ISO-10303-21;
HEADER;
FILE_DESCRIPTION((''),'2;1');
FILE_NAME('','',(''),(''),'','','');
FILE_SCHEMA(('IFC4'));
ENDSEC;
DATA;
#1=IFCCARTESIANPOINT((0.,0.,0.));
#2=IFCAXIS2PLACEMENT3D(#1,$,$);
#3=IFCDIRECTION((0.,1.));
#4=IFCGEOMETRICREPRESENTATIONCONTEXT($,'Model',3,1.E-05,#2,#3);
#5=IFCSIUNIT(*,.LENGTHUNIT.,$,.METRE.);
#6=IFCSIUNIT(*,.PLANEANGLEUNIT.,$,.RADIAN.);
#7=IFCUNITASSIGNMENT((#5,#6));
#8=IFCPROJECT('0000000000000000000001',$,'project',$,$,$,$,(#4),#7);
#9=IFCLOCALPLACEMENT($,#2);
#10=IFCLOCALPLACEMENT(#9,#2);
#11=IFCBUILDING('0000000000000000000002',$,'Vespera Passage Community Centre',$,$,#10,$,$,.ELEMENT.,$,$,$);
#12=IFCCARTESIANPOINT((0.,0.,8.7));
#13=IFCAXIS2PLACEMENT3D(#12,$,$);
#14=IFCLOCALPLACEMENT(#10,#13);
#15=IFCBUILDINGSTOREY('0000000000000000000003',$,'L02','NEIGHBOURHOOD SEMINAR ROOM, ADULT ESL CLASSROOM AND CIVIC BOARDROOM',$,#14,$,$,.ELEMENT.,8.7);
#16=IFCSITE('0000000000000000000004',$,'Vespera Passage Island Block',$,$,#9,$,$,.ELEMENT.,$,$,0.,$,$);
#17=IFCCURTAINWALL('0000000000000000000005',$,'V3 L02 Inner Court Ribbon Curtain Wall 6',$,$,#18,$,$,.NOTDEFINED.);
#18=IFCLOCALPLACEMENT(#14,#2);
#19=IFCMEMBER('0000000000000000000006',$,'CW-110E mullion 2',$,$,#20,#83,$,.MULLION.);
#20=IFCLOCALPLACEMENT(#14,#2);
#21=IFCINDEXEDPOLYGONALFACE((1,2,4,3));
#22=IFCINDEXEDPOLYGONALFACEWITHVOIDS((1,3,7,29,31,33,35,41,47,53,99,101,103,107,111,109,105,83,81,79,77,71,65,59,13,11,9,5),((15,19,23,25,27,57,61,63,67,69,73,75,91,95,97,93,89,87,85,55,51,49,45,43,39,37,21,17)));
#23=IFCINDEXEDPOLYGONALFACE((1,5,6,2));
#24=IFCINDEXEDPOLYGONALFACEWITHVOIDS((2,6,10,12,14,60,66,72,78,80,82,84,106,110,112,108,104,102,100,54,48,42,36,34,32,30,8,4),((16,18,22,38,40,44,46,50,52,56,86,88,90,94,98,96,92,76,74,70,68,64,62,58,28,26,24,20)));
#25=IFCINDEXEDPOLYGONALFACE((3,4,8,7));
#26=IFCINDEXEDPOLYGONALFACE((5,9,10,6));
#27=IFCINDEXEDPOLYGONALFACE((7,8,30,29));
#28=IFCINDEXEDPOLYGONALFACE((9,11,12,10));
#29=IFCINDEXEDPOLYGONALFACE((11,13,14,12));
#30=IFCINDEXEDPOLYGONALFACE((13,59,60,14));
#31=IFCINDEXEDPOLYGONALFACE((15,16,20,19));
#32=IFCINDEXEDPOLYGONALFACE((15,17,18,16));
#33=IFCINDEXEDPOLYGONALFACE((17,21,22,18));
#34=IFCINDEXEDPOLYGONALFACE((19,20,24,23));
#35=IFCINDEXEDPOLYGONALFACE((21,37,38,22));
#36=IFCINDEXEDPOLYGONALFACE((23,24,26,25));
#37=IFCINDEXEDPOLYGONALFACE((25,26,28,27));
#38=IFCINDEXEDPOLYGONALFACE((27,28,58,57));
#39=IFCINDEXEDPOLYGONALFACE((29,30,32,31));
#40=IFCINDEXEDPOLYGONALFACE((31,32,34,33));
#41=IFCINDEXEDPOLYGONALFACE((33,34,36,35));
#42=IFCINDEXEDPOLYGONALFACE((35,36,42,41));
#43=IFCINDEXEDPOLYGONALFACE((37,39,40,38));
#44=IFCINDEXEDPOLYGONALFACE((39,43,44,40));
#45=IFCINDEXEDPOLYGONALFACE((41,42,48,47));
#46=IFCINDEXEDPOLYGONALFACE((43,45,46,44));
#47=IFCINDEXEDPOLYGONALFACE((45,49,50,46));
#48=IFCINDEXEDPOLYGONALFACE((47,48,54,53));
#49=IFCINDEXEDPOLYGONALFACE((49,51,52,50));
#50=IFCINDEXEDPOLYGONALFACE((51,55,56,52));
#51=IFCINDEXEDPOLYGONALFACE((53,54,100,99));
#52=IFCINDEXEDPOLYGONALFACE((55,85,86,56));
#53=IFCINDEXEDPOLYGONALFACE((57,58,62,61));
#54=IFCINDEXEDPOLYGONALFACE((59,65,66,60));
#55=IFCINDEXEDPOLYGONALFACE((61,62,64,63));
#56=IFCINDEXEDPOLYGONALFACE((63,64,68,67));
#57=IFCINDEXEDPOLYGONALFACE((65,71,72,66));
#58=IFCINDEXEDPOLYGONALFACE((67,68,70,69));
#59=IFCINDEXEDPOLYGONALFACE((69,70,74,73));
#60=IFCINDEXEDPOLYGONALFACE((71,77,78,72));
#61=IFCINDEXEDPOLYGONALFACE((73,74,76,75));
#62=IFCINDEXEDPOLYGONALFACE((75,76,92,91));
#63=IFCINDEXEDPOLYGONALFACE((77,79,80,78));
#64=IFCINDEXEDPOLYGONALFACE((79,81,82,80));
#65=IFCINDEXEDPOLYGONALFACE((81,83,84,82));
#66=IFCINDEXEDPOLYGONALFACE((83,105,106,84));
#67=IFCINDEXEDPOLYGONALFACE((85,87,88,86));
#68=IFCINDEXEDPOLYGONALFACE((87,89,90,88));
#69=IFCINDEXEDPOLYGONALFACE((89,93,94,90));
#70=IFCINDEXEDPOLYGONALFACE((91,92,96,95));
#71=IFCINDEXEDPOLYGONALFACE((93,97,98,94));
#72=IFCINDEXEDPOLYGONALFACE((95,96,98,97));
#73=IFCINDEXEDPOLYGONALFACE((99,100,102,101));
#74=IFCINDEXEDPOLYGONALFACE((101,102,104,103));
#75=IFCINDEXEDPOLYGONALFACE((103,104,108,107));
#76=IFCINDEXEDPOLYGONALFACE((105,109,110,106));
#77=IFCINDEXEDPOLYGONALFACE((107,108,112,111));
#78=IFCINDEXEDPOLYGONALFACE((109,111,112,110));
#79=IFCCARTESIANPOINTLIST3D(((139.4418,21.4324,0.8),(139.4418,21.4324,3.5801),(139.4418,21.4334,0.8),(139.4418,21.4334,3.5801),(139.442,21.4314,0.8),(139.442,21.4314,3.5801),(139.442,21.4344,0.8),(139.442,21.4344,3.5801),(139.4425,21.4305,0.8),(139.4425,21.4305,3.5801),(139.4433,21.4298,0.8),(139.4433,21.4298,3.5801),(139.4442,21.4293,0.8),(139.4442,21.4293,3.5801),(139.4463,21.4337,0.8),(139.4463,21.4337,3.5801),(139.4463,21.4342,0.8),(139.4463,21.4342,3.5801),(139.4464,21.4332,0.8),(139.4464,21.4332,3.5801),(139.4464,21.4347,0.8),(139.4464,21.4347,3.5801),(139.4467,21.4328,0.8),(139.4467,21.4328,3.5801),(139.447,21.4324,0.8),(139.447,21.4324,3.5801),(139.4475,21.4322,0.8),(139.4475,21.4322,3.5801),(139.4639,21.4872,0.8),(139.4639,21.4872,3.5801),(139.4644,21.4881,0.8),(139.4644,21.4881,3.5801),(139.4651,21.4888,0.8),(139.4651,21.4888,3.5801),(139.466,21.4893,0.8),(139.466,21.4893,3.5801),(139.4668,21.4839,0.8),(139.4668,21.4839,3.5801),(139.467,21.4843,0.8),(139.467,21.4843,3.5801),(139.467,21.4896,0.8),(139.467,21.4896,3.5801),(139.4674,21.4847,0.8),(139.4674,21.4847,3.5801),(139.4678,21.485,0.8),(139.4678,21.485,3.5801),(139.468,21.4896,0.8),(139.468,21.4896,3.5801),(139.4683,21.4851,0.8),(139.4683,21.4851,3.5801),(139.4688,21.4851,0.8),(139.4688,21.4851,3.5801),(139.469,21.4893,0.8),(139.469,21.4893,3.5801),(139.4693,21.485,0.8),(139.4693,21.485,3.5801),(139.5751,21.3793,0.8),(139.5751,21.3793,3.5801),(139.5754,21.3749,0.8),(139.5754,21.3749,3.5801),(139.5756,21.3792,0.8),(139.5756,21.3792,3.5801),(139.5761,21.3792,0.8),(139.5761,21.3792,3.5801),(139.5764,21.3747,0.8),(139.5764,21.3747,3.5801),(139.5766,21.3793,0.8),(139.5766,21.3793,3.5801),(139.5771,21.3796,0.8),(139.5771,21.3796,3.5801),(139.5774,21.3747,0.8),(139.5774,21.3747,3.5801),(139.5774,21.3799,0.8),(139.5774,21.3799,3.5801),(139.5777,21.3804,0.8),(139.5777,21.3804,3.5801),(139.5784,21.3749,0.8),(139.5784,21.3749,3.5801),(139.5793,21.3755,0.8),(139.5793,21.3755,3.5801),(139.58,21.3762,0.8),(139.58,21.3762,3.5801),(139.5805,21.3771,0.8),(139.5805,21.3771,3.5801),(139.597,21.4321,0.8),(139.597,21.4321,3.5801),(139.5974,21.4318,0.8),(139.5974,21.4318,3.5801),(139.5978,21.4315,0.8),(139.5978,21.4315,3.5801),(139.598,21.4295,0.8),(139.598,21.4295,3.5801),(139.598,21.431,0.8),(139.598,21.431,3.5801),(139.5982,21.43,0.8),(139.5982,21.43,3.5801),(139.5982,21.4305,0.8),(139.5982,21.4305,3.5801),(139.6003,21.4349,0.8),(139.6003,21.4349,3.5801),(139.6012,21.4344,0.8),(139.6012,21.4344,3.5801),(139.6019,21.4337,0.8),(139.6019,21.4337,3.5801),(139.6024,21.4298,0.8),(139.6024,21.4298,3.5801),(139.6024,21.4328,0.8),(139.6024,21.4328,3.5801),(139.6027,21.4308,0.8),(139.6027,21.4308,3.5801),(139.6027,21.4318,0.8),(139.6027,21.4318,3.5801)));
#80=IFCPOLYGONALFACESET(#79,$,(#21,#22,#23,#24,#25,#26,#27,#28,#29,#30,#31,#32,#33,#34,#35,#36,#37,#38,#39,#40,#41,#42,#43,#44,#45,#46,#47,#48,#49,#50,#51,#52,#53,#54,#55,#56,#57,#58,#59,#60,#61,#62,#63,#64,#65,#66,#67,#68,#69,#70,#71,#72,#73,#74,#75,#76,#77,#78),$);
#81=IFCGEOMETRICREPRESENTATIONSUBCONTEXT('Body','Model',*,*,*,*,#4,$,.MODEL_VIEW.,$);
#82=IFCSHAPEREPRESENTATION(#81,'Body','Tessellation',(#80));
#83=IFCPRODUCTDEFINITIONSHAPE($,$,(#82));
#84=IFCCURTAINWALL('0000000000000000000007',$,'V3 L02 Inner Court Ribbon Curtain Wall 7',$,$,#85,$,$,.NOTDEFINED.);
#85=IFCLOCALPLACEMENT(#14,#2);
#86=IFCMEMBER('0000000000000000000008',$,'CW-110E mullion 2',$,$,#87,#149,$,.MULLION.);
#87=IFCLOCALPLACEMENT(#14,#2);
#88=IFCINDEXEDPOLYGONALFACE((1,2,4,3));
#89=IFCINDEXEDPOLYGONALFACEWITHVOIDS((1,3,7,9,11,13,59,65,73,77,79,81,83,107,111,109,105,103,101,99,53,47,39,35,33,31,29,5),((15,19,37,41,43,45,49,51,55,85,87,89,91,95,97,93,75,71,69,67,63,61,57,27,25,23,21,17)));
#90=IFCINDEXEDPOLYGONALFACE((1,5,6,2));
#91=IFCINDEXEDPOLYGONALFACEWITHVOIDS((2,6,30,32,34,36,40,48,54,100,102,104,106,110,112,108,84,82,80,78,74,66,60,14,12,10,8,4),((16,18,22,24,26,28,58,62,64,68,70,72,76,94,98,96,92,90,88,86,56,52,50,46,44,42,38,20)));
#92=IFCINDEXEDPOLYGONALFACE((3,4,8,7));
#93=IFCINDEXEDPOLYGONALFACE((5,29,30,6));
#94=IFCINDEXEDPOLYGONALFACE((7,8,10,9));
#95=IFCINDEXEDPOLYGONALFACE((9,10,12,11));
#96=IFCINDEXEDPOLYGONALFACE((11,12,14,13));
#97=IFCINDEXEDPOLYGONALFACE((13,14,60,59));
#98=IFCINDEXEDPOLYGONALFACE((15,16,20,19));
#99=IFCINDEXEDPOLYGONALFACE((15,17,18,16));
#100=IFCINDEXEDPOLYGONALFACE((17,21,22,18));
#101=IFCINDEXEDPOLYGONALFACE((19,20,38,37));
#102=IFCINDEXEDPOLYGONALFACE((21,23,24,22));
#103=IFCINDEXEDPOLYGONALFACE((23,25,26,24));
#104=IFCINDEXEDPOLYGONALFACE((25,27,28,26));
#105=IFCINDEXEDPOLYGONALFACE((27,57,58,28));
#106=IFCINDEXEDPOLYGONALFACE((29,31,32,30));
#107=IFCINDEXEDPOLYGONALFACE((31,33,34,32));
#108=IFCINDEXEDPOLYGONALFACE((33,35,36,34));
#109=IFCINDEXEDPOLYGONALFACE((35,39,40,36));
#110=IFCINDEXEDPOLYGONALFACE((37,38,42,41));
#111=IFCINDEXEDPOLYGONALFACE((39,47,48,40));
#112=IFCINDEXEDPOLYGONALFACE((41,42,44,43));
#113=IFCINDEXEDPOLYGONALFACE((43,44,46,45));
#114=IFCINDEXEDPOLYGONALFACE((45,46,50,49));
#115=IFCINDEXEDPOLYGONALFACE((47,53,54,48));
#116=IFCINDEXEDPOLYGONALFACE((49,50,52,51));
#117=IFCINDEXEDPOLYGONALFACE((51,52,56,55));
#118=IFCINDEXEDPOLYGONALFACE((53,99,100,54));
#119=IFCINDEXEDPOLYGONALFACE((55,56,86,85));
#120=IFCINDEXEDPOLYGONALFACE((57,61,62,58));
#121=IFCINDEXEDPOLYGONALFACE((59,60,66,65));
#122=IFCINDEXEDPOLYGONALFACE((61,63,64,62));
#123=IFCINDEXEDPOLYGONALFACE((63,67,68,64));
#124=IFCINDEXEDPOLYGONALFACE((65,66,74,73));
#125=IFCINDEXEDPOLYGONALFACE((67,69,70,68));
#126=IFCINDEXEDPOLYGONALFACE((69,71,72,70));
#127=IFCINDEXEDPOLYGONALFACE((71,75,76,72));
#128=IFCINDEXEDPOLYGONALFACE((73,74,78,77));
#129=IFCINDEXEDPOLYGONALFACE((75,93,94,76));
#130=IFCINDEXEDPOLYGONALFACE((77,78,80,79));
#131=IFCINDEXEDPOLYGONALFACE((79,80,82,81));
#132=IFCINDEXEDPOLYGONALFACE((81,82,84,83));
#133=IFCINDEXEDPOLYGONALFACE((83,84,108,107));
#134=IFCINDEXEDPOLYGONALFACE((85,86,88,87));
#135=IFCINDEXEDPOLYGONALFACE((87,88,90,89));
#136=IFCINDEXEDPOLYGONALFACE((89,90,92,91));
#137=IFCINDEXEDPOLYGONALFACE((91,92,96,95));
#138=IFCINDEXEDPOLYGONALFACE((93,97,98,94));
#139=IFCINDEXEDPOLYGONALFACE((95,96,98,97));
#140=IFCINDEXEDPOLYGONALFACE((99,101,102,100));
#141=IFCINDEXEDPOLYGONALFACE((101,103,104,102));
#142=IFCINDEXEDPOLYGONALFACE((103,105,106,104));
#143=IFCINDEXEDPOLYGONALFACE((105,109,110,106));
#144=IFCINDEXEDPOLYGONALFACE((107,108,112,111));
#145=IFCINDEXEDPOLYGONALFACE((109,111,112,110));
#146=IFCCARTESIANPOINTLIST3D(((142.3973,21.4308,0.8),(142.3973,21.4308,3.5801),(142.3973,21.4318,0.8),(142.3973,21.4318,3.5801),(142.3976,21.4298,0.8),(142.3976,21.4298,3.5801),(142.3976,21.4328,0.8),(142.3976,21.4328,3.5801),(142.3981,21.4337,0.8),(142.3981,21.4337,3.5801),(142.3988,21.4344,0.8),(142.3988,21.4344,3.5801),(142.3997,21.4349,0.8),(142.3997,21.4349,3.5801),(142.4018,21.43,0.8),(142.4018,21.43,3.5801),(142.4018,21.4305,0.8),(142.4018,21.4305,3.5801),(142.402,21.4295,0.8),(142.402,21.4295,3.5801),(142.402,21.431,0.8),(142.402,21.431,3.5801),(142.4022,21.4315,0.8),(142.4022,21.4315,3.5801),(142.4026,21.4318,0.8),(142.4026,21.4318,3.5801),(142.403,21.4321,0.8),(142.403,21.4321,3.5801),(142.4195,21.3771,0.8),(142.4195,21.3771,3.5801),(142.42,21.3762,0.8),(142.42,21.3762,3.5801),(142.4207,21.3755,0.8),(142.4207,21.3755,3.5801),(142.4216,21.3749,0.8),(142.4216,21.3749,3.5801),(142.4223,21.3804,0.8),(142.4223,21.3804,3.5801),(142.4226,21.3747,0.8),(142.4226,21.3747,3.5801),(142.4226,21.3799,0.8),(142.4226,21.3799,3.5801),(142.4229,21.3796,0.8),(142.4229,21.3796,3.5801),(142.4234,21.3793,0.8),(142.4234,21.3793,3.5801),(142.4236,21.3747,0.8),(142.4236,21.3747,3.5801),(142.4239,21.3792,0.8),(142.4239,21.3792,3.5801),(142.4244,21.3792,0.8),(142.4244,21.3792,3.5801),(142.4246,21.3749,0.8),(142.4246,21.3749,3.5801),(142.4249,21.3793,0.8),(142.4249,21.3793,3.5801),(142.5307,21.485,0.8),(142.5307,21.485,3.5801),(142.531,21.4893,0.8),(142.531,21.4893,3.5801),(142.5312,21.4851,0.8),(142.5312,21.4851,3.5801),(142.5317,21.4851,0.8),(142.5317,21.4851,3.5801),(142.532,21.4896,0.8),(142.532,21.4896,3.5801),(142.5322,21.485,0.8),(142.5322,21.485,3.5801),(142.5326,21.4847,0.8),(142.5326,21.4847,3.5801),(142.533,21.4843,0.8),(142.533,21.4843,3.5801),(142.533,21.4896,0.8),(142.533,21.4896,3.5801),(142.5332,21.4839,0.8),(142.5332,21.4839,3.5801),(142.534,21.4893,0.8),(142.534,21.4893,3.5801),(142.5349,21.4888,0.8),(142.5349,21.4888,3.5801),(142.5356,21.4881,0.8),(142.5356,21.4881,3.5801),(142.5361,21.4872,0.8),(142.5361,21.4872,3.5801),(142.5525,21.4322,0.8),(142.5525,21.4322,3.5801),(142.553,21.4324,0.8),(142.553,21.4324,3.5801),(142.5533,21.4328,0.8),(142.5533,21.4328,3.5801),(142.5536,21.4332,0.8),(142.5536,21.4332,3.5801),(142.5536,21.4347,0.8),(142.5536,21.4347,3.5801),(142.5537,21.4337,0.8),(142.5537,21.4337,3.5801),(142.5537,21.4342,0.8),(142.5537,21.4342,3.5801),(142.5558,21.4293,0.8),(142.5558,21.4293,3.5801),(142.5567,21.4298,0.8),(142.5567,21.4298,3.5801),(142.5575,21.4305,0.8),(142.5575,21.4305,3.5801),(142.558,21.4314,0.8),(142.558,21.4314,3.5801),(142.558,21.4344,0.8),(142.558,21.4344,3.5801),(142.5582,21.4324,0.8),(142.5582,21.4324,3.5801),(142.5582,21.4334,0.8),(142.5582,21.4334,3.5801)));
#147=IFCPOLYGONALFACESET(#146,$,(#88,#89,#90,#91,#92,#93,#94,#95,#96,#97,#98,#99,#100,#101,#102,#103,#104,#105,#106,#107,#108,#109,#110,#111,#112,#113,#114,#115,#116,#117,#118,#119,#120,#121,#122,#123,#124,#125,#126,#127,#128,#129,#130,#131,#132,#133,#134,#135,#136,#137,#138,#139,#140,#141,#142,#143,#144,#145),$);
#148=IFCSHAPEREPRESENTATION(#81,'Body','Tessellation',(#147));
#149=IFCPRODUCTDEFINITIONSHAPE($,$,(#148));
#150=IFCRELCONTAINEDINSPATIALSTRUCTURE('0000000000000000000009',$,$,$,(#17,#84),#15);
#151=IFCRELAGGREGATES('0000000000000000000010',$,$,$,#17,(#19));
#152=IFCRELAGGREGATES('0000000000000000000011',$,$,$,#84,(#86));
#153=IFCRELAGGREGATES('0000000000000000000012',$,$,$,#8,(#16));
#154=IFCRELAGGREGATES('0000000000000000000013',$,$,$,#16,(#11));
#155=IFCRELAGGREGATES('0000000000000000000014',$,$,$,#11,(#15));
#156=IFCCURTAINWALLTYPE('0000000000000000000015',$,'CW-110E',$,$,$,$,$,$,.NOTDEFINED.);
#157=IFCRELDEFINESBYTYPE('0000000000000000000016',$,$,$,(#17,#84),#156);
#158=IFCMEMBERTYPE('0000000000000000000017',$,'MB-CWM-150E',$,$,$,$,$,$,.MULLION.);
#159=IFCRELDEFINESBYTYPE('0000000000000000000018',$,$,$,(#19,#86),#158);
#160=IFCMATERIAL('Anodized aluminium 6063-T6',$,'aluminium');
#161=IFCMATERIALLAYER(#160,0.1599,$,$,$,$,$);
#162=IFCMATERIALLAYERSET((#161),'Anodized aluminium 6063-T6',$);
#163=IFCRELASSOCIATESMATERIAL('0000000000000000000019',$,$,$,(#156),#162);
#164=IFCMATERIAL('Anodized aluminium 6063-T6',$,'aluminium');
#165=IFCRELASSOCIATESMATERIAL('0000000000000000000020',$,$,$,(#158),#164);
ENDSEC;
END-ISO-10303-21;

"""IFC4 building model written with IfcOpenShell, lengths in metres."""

from ifc_helpers import new_model, si_unit, direction, frame, origin, origin_2d, place, context, subcontext, project, spatial, hollow_rectangle, extrude, material, layer, layer_set, material_profile, profile_set, type_object, element, aggregate, save


model = new_model("IFC4")

# Units and contexts
model_context = context("Model", 3, precision=1e-05, world=origin(), true_north=direction((0.0, 1.0)))
body_context = subcontext(model_context, "Body", "Model", "MODEL_VIEW")
ifc_project = project(units=[si_unit("LENGTHUNIT", "METRE"), si_unit("PLANEANGLEUNIT", "RADIAN")], contexts=[model_context])

# Site, building, storey
site_placement = place(None, origin())
site = spatial("IfcSite", under=ifc_project, at=site_placement, Name="Vespera Passage Island Block", CompositionType="ELEMENT", RefElevation=0.0)
building_placement = place(site_placement, origin())
building = spatial("IfcBuilding", under=site, at=building_placement, Name="Vespera Passage Community Centre", CompositionType="ELEMENT")
storey_placement = place(building_placement, frame((0.0, 0.0, 8.7)))
storey = spatial("IfcBuildingStorey", under=building, at=storey_placement, Name="L02", Description="NEIGHBOURHOOD SEMINAR ROOM, ADULT ESL CLASSROOM AND CIVIC BOARDROOM", CompositionType="ELEMENT", Elevation=8.7)

# Curtain wall, member
ifc_material_1 = material(Name="Anodized aluminium 6063-T6", Category="aluminium")
ifc_layer_1 = layer(ifc_material_1, 0.1599)
ifc_layer_set_1 = layer_set([ifc_layer_1], Name="Anodized aluminium 6063-T6")
curtain_wall_type = type_object("IfcCurtainWallType", Name="CW-110E", PredefinedType="NOTDEFINED", material=ifc_layer_set_1)
curtain_wall_1_placement = place(storey_placement, origin())
curtain_wall_1 = element("IfcCurtainWall", 1, at=curtain_wall_1_placement, inside=storey, type_object=curtain_wall_type, Name="V3 L02 Inner Court Ribbon Curtain Wall 6", PredefinedType="NOTDEFINED")
ifc_material_2 = material(Name="Anodized aluminium 6063-T6", Category="aluminium")
ifc_material_profile_1 = material_profile(ifc_material_2, hollow_rectangle(XDim=0.0649, YDim=0.1499, WallThickness=0.0039, InnerFilletRadius=0.002, OuterFilletRadius=0.0039, at=origin_2d()), Name="ALU150X65X4")
ifc_profile_set_1 = profile_set([ifc_material_profile_1], Name="Anodized aluminium 6063-T6")
member_type_1 = type_object("IfcMemberType", Name="MB-CWM-150E", PredefinedType="MULLION", material=ifc_profile_set_1)
member_1_placement = place(storey_placement, frame((139.5222, 21.4321, 0.8), z_axis=(0.0, 0.0, 1.0), x_axis=(0.382686, 0.923879, 0.0)))
member_1 = element("IfcMember", 2, at=member_1_placement, type_object=member_type_1, Name="CW-110E mullion 2", PredefinedType="MULLION", context=body_context, shape_type="SweptSolid", body=[
    extrude(hollow_rectangle(XDim=0.0649, YDim=0.1499, WallThickness=0.0039, InnerFilletRadius=0.002, OuterFilletRadius=0.0039, at=origin_2d()), origin(), (0.0, 0.0, 1.0), 2.78),
])

# Curtain wall, member
curtain_wall_2_placement = place(storey_placement, origin())
curtain_wall_2 = element("IfcCurtainWall", 3, at=curtain_wall_2_placement, inside=storey, type_object=curtain_wall_type, Name="V3 L02 Inner Court Ribbon Curtain Wall 7", PredefinedType="NOTDEFINED")
member_2_placement = place(storey_placement, frame((142.4778, 21.4321, 0.8), z_axis=(0.0, 0.0, 1.0), x_axis=(-0.382686, 0.923879, 0.0)))
member_2 = element("IfcMember", 4, at=member_2_placement, type_object=member_type_1, Name="CW-110E mullion 2", PredefinedType="MULLION", context=body_context, shape_type="SweptSolid", body=[
    extrude(hollow_rectangle(XDim=0.0649, YDim=0.1499, WallThickness=0.0039, InnerFilletRadius=0.002, OuterFilletRadius=0.0039, at=origin_2d()), origin(), (0.0, 0.0, 1.0), 2.78),
])

aggregate(curtain_wall_1, [member_1])
aggregate(curtain_wall_2, [member_2])

save(model, "model.ifc")
